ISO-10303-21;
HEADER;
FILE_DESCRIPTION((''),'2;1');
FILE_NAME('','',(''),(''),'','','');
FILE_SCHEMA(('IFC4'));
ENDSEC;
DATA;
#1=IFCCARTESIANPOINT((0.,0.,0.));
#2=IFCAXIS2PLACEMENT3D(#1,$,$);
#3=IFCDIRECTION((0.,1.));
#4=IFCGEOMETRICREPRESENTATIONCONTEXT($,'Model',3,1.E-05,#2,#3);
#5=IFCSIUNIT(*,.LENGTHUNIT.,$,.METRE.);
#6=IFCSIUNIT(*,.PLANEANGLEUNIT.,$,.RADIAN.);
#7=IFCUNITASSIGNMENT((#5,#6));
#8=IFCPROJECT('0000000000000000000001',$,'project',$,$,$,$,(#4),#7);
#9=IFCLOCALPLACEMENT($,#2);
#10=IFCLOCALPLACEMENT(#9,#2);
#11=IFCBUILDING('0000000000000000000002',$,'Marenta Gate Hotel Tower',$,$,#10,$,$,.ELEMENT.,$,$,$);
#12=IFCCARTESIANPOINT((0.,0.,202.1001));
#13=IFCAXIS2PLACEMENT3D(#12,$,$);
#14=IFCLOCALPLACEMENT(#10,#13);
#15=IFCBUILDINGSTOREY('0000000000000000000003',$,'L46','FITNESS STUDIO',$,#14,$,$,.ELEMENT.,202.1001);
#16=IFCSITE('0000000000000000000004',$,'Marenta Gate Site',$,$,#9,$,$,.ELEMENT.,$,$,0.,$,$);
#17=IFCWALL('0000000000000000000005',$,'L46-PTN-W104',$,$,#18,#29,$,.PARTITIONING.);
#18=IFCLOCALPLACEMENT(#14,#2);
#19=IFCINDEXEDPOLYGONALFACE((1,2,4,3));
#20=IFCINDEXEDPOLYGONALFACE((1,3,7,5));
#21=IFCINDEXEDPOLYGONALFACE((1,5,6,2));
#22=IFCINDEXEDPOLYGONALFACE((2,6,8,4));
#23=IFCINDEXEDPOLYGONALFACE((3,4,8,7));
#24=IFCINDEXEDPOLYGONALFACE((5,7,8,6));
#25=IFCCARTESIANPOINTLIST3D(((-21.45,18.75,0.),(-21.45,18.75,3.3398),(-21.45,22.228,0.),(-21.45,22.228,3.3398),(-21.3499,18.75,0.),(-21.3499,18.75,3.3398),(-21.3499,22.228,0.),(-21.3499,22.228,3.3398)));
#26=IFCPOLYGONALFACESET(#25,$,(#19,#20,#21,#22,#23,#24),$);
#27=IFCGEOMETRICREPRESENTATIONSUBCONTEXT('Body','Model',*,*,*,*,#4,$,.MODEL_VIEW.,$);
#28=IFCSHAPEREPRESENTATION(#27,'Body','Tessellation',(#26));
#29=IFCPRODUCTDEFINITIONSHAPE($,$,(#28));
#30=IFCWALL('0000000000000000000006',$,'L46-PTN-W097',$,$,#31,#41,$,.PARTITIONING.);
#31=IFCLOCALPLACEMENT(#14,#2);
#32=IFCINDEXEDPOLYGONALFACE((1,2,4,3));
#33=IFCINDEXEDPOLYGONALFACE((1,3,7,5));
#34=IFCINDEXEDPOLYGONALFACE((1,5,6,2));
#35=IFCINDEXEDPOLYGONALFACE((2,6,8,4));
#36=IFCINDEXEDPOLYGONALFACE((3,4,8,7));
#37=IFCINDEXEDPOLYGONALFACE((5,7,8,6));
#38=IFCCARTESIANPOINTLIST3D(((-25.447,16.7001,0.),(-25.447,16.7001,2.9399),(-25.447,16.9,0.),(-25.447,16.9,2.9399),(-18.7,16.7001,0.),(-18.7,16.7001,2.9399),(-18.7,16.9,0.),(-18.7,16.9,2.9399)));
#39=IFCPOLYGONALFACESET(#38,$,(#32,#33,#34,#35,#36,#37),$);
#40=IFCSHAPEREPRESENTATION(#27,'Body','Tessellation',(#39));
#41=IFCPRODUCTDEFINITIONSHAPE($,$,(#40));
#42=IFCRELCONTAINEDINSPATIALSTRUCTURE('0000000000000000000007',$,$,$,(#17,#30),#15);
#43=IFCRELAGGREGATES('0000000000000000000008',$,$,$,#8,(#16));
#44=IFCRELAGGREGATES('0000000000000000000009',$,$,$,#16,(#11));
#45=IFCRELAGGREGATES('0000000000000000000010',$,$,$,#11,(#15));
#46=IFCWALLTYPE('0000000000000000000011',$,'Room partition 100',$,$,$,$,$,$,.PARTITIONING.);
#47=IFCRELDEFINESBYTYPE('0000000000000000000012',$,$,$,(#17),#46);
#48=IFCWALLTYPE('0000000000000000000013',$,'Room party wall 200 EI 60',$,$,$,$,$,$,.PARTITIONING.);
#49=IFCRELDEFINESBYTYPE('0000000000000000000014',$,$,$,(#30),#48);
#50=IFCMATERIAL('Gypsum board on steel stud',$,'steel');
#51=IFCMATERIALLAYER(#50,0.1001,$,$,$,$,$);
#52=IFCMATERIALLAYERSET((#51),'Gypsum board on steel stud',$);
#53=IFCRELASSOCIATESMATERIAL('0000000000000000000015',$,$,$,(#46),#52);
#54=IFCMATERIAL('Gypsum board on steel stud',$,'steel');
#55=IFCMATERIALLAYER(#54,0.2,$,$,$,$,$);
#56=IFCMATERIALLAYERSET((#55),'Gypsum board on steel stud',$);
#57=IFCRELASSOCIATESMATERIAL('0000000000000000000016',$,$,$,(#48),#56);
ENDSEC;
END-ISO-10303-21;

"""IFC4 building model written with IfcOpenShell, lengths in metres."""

from ifc_helpers import new_model, si_unit, direction, frame, frame_2d, origin, place, context, subcontext, project, spatial, rectangle, extrude, material, layer, layer_set, type_object, element, save


model = new_model("IFC4")

# Units and contexts
model_context = context("Model", 3, precision=1e-05, world=origin(), true_north=direction((0.0, 1.0)))
body_context = subcontext(model_context, "Body", "Model", "MODEL_VIEW")
ifc_project = project(units=[si_unit("LENGTHUNIT", "METRE"), si_unit("PLANEANGLEUNIT", "RADIAN")], contexts=[model_context])

# Site, building, storey
site_placement = place(None, origin())
site = spatial("IfcSite", under=ifc_project, at=site_placement, Name="Marenta Gate Site", CompositionType="ELEMENT", RefElevation=0.0)
building_placement = place(site_placement, origin())
building = spatial("IfcBuilding", under=site, at=building_placement, Name="Marenta Gate Hotel Tower", CompositionType="ELEMENT")
storey_placement = place(building_placement, frame((0.0, 0.0, 202.1001)))
storey = spatial("IfcBuildingStorey", under=building, at=storey_placement, Name="L46", Description="FITNESS STUDIO", CompositionType="ELEMENT", Elevation=202.1001)

# Shared definitions
ifc_material_1 = material(Name="Gypsum board on steel stud", Category="steel")
ifc_layer_1 = layer(ifc_material_1, 0.1001)
ifc_layer_set_1 = layer_set([ifc_layer_1], Name="Gypsum board on steel stud")
wall_type_1 = type_object("IfcWallType", Name="Room partition 100", PredefinedType="PARTITIONING", material=ifc_layer_set_1)

# Walls
wall_1_placement = place(storey_placement, frame((-21.3999, 18.75, 0.0), z_axis=(0.0, 0.0, 1.0), x_axis=(0.0, 1.0, 0.0)))
element("IfcWall", 1, at=wall_1_placement, inside=storey, type_object=wall_type_1, Name="L46-PTN-W104", PredefinedType="PARTITIONING", context=body_context, shape_type="SweptSolid", body=[
    extrude(rectangle(XDim=3.478, YDim=0.1001, at=frame_2d((1.739, 0.0))), origin(), (0.0, 0.0, 1.0), 3.3398),
])
ifc_material_2 = material(Name="Gypsum board on steel stud", Category="steel")
ifc_layer_2 = layer(ifc_material_2, 0.2)
ifc_layer_set_2 = layer_set([ifc_layer_2], Name="Gypsum board on steel stud")
wall_type_2 = type_object("IfcWallType", Name="Room party wall 200 EI 60", PredefinedType="PARTITIONING", material=ifc_layer_set_2)
wall_2_placement = place(storey_placement, frame((-25.447, 16.8, 0.0), z_axis=(0.0, 0.0, 1.0), x_axis=(1.0, 0.0, 0.0)))
element("IfcWall", 2, at=wall_2_placement, inside=storey, type_object=wall_type_2, Name="L46-PTN-W097", PredefinedType="PARTITIONING", context=body_context, shape_type="SweptSolid", body=[
    extrude(rectangle(XDim=6.7471, YDim=0.2, at=frame_2d((3.3735, 0.0))), origin(), (0.0, 0.0, 1.0), 2.9399),
])

save(model, "model.ifc")
